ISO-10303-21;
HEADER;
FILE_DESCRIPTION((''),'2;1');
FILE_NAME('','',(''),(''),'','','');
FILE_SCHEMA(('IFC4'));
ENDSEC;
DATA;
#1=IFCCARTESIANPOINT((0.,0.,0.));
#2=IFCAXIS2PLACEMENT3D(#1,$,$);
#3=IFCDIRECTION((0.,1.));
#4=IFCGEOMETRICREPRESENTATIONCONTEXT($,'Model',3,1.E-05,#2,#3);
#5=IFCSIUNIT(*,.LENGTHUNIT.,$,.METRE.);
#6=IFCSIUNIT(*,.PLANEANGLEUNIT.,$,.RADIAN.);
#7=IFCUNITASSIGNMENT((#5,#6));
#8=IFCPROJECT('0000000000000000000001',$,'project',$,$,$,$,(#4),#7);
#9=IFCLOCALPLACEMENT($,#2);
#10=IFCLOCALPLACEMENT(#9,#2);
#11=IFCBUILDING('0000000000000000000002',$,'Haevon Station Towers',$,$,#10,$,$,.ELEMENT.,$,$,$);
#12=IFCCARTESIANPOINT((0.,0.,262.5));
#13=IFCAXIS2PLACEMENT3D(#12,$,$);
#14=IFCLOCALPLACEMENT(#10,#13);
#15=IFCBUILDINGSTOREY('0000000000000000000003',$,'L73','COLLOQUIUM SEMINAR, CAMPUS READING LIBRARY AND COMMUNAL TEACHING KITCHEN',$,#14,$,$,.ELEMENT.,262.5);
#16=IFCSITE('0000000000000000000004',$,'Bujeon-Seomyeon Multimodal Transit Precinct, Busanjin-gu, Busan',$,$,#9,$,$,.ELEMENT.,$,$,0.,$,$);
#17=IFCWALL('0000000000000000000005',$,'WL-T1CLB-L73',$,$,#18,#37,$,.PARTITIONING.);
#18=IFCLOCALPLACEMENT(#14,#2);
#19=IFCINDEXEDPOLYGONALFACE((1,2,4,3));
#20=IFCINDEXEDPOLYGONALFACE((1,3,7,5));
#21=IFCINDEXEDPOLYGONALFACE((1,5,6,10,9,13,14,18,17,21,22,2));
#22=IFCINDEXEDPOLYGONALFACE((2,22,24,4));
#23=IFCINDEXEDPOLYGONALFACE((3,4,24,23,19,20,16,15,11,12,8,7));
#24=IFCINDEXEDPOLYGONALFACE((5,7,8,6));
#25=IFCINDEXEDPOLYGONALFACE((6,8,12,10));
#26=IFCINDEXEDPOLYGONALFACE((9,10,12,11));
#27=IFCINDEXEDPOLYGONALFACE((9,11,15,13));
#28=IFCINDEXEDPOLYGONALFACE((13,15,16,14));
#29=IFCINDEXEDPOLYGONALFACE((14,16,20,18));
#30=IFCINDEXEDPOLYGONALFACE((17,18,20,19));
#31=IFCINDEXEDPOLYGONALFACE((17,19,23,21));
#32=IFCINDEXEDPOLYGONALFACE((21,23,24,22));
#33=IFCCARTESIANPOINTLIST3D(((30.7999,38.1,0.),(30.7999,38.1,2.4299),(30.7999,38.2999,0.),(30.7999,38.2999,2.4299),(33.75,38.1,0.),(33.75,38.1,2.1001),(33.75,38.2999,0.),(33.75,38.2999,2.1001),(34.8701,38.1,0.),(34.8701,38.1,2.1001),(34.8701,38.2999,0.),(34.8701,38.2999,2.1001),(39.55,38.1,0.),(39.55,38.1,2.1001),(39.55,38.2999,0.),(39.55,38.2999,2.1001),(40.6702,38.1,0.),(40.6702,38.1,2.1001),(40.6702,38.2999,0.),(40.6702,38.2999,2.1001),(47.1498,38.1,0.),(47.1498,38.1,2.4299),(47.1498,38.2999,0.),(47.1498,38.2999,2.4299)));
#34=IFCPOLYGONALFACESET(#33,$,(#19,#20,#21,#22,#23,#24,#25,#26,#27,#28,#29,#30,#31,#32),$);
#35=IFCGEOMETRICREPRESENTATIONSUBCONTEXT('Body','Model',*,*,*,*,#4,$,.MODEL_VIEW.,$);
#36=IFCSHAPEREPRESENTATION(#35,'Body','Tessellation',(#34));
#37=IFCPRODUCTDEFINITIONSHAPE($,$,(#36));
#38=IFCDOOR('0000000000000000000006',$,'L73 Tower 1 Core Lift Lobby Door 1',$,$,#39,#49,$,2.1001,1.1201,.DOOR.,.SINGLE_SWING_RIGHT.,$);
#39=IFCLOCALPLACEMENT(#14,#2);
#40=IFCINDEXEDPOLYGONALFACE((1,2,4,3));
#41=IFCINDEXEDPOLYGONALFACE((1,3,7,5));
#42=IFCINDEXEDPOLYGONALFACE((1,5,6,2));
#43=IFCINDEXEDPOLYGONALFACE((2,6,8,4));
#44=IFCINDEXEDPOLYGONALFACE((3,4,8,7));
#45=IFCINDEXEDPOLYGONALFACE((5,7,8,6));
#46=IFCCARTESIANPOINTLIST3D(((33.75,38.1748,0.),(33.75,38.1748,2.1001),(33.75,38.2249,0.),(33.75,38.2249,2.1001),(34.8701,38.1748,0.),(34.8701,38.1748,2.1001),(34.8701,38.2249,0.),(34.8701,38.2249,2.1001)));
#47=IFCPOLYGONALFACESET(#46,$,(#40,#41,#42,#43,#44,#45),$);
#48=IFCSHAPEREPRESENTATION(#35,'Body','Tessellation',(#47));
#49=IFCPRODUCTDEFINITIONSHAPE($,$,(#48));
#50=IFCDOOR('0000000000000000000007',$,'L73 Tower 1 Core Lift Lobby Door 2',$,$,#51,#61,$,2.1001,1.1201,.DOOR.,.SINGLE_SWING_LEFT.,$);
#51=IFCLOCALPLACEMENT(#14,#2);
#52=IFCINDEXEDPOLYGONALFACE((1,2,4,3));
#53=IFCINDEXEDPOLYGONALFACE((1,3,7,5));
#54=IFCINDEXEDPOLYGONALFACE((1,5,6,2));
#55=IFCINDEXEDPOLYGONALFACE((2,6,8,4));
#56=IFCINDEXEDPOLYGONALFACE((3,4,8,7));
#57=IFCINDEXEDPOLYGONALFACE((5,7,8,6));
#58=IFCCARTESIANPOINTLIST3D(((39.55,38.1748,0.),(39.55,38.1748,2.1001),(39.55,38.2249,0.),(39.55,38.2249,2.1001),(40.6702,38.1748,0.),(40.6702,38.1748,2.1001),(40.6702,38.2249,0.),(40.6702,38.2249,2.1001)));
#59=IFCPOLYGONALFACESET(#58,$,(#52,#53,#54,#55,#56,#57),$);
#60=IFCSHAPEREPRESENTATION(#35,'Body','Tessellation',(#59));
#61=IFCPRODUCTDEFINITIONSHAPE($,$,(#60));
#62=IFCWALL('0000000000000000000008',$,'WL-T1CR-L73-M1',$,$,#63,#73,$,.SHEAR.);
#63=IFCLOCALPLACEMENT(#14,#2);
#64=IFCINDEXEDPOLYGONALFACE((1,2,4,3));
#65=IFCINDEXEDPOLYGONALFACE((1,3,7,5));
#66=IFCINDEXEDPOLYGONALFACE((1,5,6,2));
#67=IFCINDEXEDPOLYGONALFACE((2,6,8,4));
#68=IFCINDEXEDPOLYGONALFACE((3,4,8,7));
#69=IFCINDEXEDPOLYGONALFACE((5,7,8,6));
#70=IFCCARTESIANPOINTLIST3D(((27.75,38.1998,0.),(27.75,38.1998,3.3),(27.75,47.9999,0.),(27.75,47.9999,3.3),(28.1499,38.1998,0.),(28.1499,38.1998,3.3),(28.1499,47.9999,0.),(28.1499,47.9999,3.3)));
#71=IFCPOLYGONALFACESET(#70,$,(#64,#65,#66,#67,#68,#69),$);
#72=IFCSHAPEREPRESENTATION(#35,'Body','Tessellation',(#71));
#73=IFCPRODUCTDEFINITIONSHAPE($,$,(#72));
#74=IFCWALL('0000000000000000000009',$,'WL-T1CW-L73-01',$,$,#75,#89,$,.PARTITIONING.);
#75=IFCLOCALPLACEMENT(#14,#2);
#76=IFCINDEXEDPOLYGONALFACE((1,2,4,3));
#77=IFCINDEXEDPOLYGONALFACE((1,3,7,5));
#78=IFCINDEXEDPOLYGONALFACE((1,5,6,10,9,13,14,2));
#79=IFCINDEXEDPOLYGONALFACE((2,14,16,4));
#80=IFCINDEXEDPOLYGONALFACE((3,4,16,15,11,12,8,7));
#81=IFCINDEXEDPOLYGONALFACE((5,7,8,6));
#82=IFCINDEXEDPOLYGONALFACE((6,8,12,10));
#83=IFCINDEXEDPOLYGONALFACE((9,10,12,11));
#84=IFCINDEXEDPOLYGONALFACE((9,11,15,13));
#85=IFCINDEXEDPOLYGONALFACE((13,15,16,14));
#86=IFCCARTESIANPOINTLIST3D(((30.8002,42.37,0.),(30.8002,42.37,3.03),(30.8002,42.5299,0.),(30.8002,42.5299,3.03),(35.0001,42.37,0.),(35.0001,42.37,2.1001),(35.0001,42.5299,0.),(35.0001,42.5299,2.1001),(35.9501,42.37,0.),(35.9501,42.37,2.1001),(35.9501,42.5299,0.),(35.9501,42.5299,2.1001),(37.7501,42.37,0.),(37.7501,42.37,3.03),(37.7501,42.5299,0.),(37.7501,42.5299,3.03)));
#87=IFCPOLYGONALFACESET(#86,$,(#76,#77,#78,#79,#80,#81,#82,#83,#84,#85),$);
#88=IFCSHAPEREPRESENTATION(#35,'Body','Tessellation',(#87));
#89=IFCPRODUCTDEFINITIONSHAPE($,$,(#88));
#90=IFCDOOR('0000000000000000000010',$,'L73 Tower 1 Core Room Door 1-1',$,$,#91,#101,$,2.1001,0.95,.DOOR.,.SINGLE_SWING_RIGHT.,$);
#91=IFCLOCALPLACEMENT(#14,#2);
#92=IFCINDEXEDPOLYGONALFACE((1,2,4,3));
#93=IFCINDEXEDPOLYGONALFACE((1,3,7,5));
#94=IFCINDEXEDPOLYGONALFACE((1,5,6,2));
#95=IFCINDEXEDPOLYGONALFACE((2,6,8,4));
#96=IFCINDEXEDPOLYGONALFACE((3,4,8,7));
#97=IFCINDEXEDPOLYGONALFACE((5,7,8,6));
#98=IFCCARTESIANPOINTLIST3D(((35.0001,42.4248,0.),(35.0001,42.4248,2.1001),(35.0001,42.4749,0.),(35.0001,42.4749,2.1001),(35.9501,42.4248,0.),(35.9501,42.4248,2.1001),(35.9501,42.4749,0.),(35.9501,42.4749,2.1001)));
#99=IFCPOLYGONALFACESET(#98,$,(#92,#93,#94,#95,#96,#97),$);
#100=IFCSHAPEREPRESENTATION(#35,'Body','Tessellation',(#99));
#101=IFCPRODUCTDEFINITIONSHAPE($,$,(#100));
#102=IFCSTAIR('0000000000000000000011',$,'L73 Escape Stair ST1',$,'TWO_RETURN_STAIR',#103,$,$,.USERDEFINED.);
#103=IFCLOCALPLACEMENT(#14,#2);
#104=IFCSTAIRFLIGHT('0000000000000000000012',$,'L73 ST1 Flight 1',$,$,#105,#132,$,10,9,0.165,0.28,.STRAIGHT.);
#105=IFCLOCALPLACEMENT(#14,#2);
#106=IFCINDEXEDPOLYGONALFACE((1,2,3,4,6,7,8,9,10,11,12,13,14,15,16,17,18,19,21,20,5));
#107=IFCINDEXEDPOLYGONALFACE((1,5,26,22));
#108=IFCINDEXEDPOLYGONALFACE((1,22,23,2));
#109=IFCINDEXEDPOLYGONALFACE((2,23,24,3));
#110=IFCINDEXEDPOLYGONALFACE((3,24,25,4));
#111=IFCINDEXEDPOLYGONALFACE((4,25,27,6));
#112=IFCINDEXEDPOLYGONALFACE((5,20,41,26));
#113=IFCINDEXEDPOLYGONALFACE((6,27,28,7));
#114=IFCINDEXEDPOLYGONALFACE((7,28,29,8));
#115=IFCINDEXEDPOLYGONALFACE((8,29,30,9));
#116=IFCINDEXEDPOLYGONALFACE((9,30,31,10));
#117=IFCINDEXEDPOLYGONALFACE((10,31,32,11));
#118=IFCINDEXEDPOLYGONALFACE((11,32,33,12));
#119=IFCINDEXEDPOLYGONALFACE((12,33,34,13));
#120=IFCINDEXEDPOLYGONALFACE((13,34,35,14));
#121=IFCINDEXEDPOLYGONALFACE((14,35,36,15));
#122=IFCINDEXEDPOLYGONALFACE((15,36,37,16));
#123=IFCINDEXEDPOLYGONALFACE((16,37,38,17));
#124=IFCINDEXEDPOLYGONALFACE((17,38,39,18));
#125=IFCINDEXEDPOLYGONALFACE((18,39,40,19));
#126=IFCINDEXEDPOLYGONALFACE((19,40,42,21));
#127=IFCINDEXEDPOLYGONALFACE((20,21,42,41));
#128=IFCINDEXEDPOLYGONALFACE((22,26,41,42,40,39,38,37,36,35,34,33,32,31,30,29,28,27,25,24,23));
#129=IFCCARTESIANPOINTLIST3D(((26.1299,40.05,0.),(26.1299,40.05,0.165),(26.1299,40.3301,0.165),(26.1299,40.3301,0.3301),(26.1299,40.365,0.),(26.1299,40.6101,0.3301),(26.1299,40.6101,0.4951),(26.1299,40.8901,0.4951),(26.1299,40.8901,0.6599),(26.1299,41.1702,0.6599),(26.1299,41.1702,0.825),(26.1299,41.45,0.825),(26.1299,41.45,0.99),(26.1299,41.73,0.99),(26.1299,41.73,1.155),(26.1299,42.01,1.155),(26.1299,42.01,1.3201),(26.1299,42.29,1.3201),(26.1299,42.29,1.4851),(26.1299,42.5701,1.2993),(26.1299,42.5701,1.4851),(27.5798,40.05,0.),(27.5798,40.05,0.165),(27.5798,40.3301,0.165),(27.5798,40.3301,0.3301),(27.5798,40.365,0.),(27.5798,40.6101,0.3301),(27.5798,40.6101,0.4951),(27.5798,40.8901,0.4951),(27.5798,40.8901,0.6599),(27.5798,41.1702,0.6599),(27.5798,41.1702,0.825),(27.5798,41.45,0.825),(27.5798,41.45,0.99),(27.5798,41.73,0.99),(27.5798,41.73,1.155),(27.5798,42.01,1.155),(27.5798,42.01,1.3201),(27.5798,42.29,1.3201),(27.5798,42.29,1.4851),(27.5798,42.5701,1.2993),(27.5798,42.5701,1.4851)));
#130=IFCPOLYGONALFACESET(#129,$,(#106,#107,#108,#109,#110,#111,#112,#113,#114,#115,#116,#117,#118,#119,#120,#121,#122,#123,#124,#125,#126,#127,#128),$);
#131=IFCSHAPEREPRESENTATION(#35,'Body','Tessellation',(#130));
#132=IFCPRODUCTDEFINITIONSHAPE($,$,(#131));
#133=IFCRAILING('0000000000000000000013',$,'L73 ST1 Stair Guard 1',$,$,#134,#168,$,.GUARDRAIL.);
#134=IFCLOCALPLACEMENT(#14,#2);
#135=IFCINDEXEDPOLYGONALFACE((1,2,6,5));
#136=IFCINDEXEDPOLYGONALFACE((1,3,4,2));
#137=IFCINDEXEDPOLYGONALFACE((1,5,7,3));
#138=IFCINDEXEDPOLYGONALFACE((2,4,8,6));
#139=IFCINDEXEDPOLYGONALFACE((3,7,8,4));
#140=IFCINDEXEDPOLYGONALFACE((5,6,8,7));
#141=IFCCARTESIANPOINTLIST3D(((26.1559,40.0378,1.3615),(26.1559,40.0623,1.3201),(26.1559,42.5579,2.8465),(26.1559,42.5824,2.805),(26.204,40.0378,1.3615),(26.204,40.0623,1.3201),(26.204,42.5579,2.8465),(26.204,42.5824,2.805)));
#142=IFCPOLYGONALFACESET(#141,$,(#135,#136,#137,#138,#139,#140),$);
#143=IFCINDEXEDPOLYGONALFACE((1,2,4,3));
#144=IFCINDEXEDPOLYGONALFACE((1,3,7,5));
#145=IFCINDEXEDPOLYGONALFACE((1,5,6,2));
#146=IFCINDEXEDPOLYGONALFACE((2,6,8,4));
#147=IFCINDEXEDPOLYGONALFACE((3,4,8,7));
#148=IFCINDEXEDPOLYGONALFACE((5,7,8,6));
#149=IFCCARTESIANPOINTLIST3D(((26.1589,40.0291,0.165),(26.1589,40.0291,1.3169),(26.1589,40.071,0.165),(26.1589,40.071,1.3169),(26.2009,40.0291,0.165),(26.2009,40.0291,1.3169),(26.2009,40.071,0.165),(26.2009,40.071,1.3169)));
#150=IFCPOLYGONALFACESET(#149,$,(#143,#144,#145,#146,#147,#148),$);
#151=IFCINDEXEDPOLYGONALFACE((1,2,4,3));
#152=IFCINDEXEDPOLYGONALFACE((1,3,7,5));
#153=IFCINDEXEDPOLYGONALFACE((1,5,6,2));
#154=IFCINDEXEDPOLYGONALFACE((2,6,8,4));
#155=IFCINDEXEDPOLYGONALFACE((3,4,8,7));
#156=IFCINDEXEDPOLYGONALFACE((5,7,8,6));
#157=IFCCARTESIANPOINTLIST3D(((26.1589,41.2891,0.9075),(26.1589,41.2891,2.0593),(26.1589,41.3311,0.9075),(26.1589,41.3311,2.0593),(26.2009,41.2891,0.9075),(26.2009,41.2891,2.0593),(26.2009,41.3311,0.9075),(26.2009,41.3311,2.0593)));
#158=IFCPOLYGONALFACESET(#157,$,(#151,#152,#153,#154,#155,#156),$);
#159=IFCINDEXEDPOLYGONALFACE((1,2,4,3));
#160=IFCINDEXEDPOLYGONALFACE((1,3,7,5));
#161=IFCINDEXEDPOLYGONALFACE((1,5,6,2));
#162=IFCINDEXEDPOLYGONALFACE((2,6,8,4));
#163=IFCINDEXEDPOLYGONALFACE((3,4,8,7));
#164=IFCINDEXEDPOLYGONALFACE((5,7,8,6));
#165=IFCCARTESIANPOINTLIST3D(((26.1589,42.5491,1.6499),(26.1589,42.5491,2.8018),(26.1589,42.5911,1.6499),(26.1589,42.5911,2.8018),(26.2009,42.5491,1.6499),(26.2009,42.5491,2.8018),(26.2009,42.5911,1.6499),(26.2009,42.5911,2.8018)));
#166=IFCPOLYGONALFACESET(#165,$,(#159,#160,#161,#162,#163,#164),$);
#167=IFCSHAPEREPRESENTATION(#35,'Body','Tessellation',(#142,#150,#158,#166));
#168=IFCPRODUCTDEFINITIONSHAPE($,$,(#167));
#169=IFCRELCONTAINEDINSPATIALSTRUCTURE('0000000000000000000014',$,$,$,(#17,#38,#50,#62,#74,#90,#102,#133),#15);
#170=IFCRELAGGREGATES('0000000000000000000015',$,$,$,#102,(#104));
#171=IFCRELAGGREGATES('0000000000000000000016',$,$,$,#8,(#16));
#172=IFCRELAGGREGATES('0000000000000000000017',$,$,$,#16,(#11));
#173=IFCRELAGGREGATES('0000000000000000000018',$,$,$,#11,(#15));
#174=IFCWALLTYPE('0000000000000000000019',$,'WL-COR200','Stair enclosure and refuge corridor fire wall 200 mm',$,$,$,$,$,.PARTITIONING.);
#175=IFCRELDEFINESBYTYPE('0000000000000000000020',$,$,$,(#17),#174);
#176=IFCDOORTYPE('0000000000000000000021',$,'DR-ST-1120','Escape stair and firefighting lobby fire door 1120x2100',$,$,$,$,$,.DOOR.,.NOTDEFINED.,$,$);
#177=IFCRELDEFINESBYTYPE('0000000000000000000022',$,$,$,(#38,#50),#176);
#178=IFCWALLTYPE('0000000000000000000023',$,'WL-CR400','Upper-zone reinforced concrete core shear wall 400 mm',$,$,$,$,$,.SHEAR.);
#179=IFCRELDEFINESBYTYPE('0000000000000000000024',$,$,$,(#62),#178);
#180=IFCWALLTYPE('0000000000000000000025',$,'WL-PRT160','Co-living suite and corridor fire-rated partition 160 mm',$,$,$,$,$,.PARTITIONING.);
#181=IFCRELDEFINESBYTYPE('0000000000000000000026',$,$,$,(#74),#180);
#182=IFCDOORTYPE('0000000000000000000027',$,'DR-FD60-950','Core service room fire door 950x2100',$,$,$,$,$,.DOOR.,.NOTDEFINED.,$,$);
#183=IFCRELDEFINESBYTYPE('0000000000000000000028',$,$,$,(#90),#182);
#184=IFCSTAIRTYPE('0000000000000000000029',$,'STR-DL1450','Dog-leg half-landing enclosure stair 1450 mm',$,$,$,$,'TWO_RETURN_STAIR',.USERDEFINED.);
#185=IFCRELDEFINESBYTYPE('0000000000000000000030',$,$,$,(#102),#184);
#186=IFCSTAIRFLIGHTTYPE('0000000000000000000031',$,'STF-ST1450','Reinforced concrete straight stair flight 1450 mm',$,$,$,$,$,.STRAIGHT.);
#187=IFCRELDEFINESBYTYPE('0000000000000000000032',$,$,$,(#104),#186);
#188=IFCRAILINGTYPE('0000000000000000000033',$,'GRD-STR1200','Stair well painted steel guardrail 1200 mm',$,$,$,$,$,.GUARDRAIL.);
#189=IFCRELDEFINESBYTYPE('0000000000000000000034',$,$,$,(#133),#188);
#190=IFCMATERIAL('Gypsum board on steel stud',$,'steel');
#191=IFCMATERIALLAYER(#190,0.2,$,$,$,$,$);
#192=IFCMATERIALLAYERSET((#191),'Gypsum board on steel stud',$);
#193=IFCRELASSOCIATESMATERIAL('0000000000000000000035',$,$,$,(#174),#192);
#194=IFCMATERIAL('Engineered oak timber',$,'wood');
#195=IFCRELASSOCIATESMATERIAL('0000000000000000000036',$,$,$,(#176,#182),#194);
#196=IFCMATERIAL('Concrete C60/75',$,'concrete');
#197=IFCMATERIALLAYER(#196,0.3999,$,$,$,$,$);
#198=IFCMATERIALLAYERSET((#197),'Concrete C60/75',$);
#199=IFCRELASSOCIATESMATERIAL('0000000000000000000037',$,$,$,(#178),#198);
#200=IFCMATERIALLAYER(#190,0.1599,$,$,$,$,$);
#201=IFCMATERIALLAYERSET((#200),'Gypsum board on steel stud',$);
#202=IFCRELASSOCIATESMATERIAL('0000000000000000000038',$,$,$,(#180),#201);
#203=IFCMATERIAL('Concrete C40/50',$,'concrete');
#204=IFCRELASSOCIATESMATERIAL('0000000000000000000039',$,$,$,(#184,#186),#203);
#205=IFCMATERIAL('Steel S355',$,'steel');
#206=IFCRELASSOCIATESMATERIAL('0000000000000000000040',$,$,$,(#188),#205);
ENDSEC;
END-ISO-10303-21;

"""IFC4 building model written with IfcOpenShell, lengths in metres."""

from ifc_helpers import new_model, si_unit, direction, frame, frame_2d, origin, origin_2d, place, context, subcontext, project, spatial, polyline, rectangle, outline, extrude, material, layer, layer_set, type_object, element, fill, aggregate, save


model = new_model("IFC4")

# Units and contexts
model_context = context("Model", 3, precision=1e-05, world=origin(), true_north=direction((0.0, 1.0)))
body_context = subcontext(model_context, "Body", "Model", "MODEL_VIEW")
ifc_project = project(units=[si_unit("LENGTHUNIT", "METRE"), si_unit("PLANEANGLEUNIT", "RADIAN")], contexts=[model_context])

# Site, building, storey
site_placement = place(None, origin())
site = spatial("IfcSite", under=ifc_project, at=site_placement, Name="Bujeon-Seomyeon Multimodal Transit Precinct, Busanjin-gu, Busan", CompositionType="ELEMENT", RefElevation=0.0)
building_placement = place(site_placement, origin())
building = spatial("IfcBuilding", under=site, at=building_placement, Name="Haevon Station Towers", CompositionType="ELEMENT")
storey_placement = place(building_placement, frame((0.0, 0.0, 262.5)))
storey = spatial("IfcBuildingStorey", under=building, at=storey_placement, Name="L73", Description="COLLOQUIUM SEMINAR, CAMPUS READING LIBRARY AND COMMUNAL TEACHING KITCHEN", CompositionType="ELEMENT", Elevation=262.5)

# Shared definitions
ifc_material_1 = material(Name="Steel S355", Category="steel")

# Shared definitions
ifc_material_2 = material(Name="Gypsum board on steel stud", Category="steel")
ifc_layer_1 = layer(ifc_material_2, 0.2)
ifc_layer_set_1 = layer_set([ifc_layer_1], Name="Gypsum board on steel stud")
wall_type_1 = type_object("IfcWallType", Name="WL-COR200", Description="Stair enclosure and refuge corridor fire wall 200 mm", PredefinedType="PARTITIONING", material=ifc_layer_set_1)
ifc_material_3 = material(Name="Engineered oak timber", Category="wood")

# Wall, openings, doors
wall_1_placement = place(storey_placement, frame((30.8, 38.2, 0.0), z_axis=(0.0, 0.0, 1.0), x_axis=(1.0, 0.0, 0.0)))
wall_1 = element("IfcWall", 1, at=wall_1_placement, inside=storey, type_object=wall_type_1, Name="WL-T1CLB-L73", PredefinedType="PARTITIONING", context=body_context, shape_type="SweptSolid", body=[
    extrude(rectangle(XDim=16.3499, YDim=0.2, at=frame_2d((8.1748, 0.0))), origin(), (0.0, 0.0, 1.0), 2.4299),
])
opening_1_placement = place(wall_1_placement, frame((2.95, 0.0, 0.0)))
opening_1 = element("IfcOpeningElement", 2, at=opening_1_placement, cuts=wall_1, PredefinedType="OPENING", context=body_context, shape_type="SweptSolid", body=[
    extrude(rectangle(XDim=1.1201, YDim=2.1001, at=frame_2d((0.5601, 1.05))), frame((0.0, 0.1099, 0.0), z_axis=(0.0, -1.0, 0.0), x_axis=(1.0, 0.0, 0.0)), (0.0, 0.0, 1.0), 0.22),
])
opening_2_placement = place(wall_1_placement, frame((8.75, 0.0, 0.0)))
opening_2 = element("IfcOpeningElement", 3, at=opening_2_placement, cuts=wall_1, PredefinedType="OPENING", context=body_context, shape_type="SweptSolid", body=[
    extrude(rectangle(XDim=1.1201, YDim=2.1001, at=frame_2d((0.5601, 1.05))), frame((0.0, 0.1099, 0.0), z_axis=(0.0, -1.0, 0.0), x_axis=(1.0, 0.0, 0.0)), (0.0, 0.0, 1.0), 0.22),
])
door_type_1 = type_object("IfcDoorType", Name="DR-ST-1120", Description="Escape stair and firefighting lobby fire door 1120x2100", OperationType="NOTDEFINED", PredefinedType="DOOR", material=ifc_material_3)
door_1_placement = place(opening_1_placement, origin())
door_1 = element("IfcDoor", 4, at=door_1_placement, inside=storey, type_object=door_type_1, Name="L73 Tower 1 Core Lift Lobby Door 1", OperationType="SINGLE_SWING_RIGHT", OverallHeight=2.1001, OverallWidth=1.1201, PredefinedType="DOOR", context=body_context, shape_type="SweptSolid", body=[
    extrude(rectangle(XDim=1.1201, YDim=2.1001, at=frame_2d((0.5601, 1.05))), frame((0.0, 0.0249, 0.0), z_axis=(0.0, -1.0, 0.0), x_axis=(1.0, 0.0, 0.0)), (0.0, 0.0, 1.0), 0.05),
])
fill(opening_1, door_1)
door_2_placement = place(opening_2_placement, origin())
door_2 = element("IfcDoor", 5, at=door_2_placement, inside=storey, type_object=door_type_1, Name="L73 Tower 1 Core Lift Lobby Door 2", OperationType="SINGLE_SWING_LEFT", OverallHeight=2.1001, OverallWidth=1.1201, PredefinedType="DOOR", context=body_context, shape_type="SweptSolid", body=[
    extrude(rectangle(XDim=1.1201, YDim=2.1001, at=frame_2d((0.5601, 1.05))), frame((0.0, 0.0249, 0.0), z_axis=(0.0, -1.0, 0.0), x_axis=(1.0, 0.0, 0.0)), (0.0, 0.0, 1.0), 0.05),
])
fill(opening_2, door_2)

# Wall
ifc_material_4 = material(Name="Concrete C60/75", Category="concrete")
ifc_layer_2 = layer(ifc_material_4, 0.3999)
ifc_layer_set_2 = layer_set([ifc_layer_2], Name="Concrete C60/75")
wall_type_2 = type_object("IfcWallType", Name="WL-CR400", Description="Upper-zone reinforced concrete core shear wall 400 mm", PredefinedType="SHEAR", material=ifc_layer_set_2)
wall_2_placement = place(storey_placement, frame((27.95, 38.2, 0.0), z_axis=(0.0, 0.0, 1.0), x_axis=(0.0, 1.0, 0.0)))
element("IfcWall", 6, at=wall_2_placement, inside=storey, type_object=wall_type_2, Name="WL-T1CR-L73-M1", PredefinedType="SHEAR", context=body_context, shape_type="SweptSolid", body=[
    extrude(rectangle(XDim=9.8, YDim=0.3999, at=frame_2d((4.8999, 0.0))), origin(), (0.0, 0.0, 1.0), 3.3),
])

# Wall, opening, door
ifc_layer_3 = layer(ifc_material_2, 0.1599)
ifc_layer_set_3 = layer_set([ifc_layer_3], Name="Gypsum board on steel stud")
wall_type_3 = type_object("IfcWallType", Name="WL-PRT160", Description="Co-living suite and corridor fire-rated partition 160 mm", PredefinedType="PARTITIONING", material=ifc_layer_set_3)
wall_3_placement = place(storey_placement, frame((30.8, 42.45, 0.0), z_axis=(0.0, 0.0, 1.0), x_axis=(1.0, 0.0, 0.0)))
wall_3 = element("IfcWall", 7, at=wall_3_placement, inside=storey, type_object=wall_type_3, Name="WL-T1CW-L73-01", PredefinedType="PARTITIONING", context=body_context, shape_type="SweptSolid", body=[
    extrude(rectangle(XDim=6.95, YDim=0.1599, at=frame_2d((3.4751, 0.0))), origin(), (0.0, 0.0, 1.0), 3.03),
])
opening_3_placement = place(wall_3_placement, frame((4.2, 0.0, 0.0)))
opening_3 = element("IfcOpeningElement", 8, at=opening_3_placement, cuts=wall_3, PredefinedType="OPENING", context=body_context, shape_type="SweptSolid", body=[
    extrude(rectangle(XDim=0.95, YDim=2.1001, at=frame_2d((0.4751, 1.05))), frame((0.0, 0.0898, 0.0), z_axis=(0.0, -1.0, 0.0), x_axis=(1.0, 0.0, 0.0)), (0.0, 0.0, 1.0), 0.1799),
])
door_type_2 = type_object("IfcDoorType", Name="DR-FD60-950", Description="Core service room fire door 950x2100", OperationType="NOTDEFINED", PredefinedType="DOOR", material=ifc_material_3)
door_3_placement = place(opening_3_placement, origin())
door_3 = element("IfcDoor", 9, at=door_3_placement, inside=storey, type_object=door_type_2, Name="L73 Tower 1 Core Room Door 1-1", OperationType="SINGLE_SWING_RIGHT", OverallHeight=2.1001, OverallWidth=0.95, PredefinedType="DOOR", context=body_context, shape_type="SweptSolid", body=[
    extrude(rectangle(XDim=0.95, YDim=2.1001, at=frame_2d((0.4751, 1.05))), frame((0.0, 0.0249, 0.0), z_axis=(0.0, -1.0, 0.0), x_axis=(1.0, 0.0, 0.0)), (0.0, 0.0, 1.0), 0.05),
])
fill(opening_3, door_3)

# Stair, stair flight
ifc_material_5 = material(Name="Concrete C40/50", Category="concrete")
stair_type = type_object("IfcStairType", Name="STR-DL1450", Description="Dog-leg half-landing enclosure stair 1450 mm", ElementType="TWO_RETURN_STAIR", PredefinedType="USERDEFINED", material=ifc_material_5)
stair_placement = place(storey_placement, origin())
stair = element("IfcStair", 10, at=stair_placement, inside=storey, type_object=stair_type, Name="L73 Escape Stair ST1", ObjectType="TWO_RETURN_STAIR", PredefinedType="USERDEFINED")
stair_flight_type = type_object("IfcStairFlightType", Name="STF-ST1450", Description="Reinforced concrete straight stair flight 1450 mm", PredefinedType="STRAIGHT", material=ifc_material_5)
stair_flight_placement = place(storey_placement, frame((26.855, 40.05, 0.0), z_axis=(0.0, 0.0, 1.0), x_axis=(0.0, 1.0, 0.0)))
stair_flight = element("IfcStairFlight", 11, at=stair_flight_placement, type_object=stair_flight_type, Name="L73 ST1 Flight 1", NumberOfRisers=10, NumberOfTreads=9, PredefinedType="STRAIGHT", RiserHeight=0.165, TreadLength=0.28, context=body_context, shape_type="SweptSolid", body=[
    extrude(outline(polyline([(0.0, 0.0), (0.0, 0.165), (0.28, 0.165), (0.28, 0.3301), (0.5601, 0.3301), (0.5601, 0.4951), (0.8401, 0.4951), (0.8401, 0.6599), (1.1201, 0.6599), (1.1201, 0.825), (1.3999, 0.825), (1.3999, 0.99), (1.6799, 0.99), (1.6799, 1.155), (1.96, 1.155), (1.96, 1.3201), (2.24, 1.3201), (2.24, 1.4851), (2.52, 1.4851), (2.52, 1.6499), (2.52, 1.2993), (0.3149, 0.0), (0.0, 0.0)])), frame((0.0, 0.7251, 0.0), z_axis=(0.0, -1.0, 0.0), x_axis=(1.0, 0.0, 0.0)), (0.0, 0.0, 1.0), 1.45),
])
aggregate(stair, [stair_flight])

# Railing
railing_type_1 = type_object("IfcRailingType", Name="GRD-STR1200", Description="Stair well painted steel guardrail 1200 mm", PredefinedType="GUARDRAIL", material=ifc_material_1)
railing_1_placement = place(storey_placement, frame((26.1799, 40.05, 0.165)))
element("IfcRailing", 12, at=railing_1_placement, inside=storey, type_object=railing_type_1, Name="L73 ST1 Stair Guard 1", PredefinedType="GUARDRAIL", context=body_context, shape_type="SweptSolid", body=[
    extrude(rectangle(XDim=0.0481, YDim=0.0481, at=origin_2d()), frame((0.0, 0.0, 1.1758), z_axis=(0.0, 0.861561, 0.507655), x_axis=(-1.0, 0.0, 0.0)), (0.0, 0.0, 1.0), 2.925),
    extrude(rectangle(XDim=0.042, YDim=0.042, at=origin_2d()), origin(), (0.0, 0.0, 1.0), 1.1519),
    extrude(rectangle(XDim=0.042, YDim=0.042, at=origin_2d()), frame((0.0, 1.26, 0.7424)), (0.0, 0.0, 1.0), 1.1519),
    extrude(rectangle(XDim=0.042, YDim=0.042, at=origin_2d()), frame((0.0, 2.52, 1.4849)), (0.0, 0.0, 1.0), 1.1519),
])

save(model, "model.ifc")
